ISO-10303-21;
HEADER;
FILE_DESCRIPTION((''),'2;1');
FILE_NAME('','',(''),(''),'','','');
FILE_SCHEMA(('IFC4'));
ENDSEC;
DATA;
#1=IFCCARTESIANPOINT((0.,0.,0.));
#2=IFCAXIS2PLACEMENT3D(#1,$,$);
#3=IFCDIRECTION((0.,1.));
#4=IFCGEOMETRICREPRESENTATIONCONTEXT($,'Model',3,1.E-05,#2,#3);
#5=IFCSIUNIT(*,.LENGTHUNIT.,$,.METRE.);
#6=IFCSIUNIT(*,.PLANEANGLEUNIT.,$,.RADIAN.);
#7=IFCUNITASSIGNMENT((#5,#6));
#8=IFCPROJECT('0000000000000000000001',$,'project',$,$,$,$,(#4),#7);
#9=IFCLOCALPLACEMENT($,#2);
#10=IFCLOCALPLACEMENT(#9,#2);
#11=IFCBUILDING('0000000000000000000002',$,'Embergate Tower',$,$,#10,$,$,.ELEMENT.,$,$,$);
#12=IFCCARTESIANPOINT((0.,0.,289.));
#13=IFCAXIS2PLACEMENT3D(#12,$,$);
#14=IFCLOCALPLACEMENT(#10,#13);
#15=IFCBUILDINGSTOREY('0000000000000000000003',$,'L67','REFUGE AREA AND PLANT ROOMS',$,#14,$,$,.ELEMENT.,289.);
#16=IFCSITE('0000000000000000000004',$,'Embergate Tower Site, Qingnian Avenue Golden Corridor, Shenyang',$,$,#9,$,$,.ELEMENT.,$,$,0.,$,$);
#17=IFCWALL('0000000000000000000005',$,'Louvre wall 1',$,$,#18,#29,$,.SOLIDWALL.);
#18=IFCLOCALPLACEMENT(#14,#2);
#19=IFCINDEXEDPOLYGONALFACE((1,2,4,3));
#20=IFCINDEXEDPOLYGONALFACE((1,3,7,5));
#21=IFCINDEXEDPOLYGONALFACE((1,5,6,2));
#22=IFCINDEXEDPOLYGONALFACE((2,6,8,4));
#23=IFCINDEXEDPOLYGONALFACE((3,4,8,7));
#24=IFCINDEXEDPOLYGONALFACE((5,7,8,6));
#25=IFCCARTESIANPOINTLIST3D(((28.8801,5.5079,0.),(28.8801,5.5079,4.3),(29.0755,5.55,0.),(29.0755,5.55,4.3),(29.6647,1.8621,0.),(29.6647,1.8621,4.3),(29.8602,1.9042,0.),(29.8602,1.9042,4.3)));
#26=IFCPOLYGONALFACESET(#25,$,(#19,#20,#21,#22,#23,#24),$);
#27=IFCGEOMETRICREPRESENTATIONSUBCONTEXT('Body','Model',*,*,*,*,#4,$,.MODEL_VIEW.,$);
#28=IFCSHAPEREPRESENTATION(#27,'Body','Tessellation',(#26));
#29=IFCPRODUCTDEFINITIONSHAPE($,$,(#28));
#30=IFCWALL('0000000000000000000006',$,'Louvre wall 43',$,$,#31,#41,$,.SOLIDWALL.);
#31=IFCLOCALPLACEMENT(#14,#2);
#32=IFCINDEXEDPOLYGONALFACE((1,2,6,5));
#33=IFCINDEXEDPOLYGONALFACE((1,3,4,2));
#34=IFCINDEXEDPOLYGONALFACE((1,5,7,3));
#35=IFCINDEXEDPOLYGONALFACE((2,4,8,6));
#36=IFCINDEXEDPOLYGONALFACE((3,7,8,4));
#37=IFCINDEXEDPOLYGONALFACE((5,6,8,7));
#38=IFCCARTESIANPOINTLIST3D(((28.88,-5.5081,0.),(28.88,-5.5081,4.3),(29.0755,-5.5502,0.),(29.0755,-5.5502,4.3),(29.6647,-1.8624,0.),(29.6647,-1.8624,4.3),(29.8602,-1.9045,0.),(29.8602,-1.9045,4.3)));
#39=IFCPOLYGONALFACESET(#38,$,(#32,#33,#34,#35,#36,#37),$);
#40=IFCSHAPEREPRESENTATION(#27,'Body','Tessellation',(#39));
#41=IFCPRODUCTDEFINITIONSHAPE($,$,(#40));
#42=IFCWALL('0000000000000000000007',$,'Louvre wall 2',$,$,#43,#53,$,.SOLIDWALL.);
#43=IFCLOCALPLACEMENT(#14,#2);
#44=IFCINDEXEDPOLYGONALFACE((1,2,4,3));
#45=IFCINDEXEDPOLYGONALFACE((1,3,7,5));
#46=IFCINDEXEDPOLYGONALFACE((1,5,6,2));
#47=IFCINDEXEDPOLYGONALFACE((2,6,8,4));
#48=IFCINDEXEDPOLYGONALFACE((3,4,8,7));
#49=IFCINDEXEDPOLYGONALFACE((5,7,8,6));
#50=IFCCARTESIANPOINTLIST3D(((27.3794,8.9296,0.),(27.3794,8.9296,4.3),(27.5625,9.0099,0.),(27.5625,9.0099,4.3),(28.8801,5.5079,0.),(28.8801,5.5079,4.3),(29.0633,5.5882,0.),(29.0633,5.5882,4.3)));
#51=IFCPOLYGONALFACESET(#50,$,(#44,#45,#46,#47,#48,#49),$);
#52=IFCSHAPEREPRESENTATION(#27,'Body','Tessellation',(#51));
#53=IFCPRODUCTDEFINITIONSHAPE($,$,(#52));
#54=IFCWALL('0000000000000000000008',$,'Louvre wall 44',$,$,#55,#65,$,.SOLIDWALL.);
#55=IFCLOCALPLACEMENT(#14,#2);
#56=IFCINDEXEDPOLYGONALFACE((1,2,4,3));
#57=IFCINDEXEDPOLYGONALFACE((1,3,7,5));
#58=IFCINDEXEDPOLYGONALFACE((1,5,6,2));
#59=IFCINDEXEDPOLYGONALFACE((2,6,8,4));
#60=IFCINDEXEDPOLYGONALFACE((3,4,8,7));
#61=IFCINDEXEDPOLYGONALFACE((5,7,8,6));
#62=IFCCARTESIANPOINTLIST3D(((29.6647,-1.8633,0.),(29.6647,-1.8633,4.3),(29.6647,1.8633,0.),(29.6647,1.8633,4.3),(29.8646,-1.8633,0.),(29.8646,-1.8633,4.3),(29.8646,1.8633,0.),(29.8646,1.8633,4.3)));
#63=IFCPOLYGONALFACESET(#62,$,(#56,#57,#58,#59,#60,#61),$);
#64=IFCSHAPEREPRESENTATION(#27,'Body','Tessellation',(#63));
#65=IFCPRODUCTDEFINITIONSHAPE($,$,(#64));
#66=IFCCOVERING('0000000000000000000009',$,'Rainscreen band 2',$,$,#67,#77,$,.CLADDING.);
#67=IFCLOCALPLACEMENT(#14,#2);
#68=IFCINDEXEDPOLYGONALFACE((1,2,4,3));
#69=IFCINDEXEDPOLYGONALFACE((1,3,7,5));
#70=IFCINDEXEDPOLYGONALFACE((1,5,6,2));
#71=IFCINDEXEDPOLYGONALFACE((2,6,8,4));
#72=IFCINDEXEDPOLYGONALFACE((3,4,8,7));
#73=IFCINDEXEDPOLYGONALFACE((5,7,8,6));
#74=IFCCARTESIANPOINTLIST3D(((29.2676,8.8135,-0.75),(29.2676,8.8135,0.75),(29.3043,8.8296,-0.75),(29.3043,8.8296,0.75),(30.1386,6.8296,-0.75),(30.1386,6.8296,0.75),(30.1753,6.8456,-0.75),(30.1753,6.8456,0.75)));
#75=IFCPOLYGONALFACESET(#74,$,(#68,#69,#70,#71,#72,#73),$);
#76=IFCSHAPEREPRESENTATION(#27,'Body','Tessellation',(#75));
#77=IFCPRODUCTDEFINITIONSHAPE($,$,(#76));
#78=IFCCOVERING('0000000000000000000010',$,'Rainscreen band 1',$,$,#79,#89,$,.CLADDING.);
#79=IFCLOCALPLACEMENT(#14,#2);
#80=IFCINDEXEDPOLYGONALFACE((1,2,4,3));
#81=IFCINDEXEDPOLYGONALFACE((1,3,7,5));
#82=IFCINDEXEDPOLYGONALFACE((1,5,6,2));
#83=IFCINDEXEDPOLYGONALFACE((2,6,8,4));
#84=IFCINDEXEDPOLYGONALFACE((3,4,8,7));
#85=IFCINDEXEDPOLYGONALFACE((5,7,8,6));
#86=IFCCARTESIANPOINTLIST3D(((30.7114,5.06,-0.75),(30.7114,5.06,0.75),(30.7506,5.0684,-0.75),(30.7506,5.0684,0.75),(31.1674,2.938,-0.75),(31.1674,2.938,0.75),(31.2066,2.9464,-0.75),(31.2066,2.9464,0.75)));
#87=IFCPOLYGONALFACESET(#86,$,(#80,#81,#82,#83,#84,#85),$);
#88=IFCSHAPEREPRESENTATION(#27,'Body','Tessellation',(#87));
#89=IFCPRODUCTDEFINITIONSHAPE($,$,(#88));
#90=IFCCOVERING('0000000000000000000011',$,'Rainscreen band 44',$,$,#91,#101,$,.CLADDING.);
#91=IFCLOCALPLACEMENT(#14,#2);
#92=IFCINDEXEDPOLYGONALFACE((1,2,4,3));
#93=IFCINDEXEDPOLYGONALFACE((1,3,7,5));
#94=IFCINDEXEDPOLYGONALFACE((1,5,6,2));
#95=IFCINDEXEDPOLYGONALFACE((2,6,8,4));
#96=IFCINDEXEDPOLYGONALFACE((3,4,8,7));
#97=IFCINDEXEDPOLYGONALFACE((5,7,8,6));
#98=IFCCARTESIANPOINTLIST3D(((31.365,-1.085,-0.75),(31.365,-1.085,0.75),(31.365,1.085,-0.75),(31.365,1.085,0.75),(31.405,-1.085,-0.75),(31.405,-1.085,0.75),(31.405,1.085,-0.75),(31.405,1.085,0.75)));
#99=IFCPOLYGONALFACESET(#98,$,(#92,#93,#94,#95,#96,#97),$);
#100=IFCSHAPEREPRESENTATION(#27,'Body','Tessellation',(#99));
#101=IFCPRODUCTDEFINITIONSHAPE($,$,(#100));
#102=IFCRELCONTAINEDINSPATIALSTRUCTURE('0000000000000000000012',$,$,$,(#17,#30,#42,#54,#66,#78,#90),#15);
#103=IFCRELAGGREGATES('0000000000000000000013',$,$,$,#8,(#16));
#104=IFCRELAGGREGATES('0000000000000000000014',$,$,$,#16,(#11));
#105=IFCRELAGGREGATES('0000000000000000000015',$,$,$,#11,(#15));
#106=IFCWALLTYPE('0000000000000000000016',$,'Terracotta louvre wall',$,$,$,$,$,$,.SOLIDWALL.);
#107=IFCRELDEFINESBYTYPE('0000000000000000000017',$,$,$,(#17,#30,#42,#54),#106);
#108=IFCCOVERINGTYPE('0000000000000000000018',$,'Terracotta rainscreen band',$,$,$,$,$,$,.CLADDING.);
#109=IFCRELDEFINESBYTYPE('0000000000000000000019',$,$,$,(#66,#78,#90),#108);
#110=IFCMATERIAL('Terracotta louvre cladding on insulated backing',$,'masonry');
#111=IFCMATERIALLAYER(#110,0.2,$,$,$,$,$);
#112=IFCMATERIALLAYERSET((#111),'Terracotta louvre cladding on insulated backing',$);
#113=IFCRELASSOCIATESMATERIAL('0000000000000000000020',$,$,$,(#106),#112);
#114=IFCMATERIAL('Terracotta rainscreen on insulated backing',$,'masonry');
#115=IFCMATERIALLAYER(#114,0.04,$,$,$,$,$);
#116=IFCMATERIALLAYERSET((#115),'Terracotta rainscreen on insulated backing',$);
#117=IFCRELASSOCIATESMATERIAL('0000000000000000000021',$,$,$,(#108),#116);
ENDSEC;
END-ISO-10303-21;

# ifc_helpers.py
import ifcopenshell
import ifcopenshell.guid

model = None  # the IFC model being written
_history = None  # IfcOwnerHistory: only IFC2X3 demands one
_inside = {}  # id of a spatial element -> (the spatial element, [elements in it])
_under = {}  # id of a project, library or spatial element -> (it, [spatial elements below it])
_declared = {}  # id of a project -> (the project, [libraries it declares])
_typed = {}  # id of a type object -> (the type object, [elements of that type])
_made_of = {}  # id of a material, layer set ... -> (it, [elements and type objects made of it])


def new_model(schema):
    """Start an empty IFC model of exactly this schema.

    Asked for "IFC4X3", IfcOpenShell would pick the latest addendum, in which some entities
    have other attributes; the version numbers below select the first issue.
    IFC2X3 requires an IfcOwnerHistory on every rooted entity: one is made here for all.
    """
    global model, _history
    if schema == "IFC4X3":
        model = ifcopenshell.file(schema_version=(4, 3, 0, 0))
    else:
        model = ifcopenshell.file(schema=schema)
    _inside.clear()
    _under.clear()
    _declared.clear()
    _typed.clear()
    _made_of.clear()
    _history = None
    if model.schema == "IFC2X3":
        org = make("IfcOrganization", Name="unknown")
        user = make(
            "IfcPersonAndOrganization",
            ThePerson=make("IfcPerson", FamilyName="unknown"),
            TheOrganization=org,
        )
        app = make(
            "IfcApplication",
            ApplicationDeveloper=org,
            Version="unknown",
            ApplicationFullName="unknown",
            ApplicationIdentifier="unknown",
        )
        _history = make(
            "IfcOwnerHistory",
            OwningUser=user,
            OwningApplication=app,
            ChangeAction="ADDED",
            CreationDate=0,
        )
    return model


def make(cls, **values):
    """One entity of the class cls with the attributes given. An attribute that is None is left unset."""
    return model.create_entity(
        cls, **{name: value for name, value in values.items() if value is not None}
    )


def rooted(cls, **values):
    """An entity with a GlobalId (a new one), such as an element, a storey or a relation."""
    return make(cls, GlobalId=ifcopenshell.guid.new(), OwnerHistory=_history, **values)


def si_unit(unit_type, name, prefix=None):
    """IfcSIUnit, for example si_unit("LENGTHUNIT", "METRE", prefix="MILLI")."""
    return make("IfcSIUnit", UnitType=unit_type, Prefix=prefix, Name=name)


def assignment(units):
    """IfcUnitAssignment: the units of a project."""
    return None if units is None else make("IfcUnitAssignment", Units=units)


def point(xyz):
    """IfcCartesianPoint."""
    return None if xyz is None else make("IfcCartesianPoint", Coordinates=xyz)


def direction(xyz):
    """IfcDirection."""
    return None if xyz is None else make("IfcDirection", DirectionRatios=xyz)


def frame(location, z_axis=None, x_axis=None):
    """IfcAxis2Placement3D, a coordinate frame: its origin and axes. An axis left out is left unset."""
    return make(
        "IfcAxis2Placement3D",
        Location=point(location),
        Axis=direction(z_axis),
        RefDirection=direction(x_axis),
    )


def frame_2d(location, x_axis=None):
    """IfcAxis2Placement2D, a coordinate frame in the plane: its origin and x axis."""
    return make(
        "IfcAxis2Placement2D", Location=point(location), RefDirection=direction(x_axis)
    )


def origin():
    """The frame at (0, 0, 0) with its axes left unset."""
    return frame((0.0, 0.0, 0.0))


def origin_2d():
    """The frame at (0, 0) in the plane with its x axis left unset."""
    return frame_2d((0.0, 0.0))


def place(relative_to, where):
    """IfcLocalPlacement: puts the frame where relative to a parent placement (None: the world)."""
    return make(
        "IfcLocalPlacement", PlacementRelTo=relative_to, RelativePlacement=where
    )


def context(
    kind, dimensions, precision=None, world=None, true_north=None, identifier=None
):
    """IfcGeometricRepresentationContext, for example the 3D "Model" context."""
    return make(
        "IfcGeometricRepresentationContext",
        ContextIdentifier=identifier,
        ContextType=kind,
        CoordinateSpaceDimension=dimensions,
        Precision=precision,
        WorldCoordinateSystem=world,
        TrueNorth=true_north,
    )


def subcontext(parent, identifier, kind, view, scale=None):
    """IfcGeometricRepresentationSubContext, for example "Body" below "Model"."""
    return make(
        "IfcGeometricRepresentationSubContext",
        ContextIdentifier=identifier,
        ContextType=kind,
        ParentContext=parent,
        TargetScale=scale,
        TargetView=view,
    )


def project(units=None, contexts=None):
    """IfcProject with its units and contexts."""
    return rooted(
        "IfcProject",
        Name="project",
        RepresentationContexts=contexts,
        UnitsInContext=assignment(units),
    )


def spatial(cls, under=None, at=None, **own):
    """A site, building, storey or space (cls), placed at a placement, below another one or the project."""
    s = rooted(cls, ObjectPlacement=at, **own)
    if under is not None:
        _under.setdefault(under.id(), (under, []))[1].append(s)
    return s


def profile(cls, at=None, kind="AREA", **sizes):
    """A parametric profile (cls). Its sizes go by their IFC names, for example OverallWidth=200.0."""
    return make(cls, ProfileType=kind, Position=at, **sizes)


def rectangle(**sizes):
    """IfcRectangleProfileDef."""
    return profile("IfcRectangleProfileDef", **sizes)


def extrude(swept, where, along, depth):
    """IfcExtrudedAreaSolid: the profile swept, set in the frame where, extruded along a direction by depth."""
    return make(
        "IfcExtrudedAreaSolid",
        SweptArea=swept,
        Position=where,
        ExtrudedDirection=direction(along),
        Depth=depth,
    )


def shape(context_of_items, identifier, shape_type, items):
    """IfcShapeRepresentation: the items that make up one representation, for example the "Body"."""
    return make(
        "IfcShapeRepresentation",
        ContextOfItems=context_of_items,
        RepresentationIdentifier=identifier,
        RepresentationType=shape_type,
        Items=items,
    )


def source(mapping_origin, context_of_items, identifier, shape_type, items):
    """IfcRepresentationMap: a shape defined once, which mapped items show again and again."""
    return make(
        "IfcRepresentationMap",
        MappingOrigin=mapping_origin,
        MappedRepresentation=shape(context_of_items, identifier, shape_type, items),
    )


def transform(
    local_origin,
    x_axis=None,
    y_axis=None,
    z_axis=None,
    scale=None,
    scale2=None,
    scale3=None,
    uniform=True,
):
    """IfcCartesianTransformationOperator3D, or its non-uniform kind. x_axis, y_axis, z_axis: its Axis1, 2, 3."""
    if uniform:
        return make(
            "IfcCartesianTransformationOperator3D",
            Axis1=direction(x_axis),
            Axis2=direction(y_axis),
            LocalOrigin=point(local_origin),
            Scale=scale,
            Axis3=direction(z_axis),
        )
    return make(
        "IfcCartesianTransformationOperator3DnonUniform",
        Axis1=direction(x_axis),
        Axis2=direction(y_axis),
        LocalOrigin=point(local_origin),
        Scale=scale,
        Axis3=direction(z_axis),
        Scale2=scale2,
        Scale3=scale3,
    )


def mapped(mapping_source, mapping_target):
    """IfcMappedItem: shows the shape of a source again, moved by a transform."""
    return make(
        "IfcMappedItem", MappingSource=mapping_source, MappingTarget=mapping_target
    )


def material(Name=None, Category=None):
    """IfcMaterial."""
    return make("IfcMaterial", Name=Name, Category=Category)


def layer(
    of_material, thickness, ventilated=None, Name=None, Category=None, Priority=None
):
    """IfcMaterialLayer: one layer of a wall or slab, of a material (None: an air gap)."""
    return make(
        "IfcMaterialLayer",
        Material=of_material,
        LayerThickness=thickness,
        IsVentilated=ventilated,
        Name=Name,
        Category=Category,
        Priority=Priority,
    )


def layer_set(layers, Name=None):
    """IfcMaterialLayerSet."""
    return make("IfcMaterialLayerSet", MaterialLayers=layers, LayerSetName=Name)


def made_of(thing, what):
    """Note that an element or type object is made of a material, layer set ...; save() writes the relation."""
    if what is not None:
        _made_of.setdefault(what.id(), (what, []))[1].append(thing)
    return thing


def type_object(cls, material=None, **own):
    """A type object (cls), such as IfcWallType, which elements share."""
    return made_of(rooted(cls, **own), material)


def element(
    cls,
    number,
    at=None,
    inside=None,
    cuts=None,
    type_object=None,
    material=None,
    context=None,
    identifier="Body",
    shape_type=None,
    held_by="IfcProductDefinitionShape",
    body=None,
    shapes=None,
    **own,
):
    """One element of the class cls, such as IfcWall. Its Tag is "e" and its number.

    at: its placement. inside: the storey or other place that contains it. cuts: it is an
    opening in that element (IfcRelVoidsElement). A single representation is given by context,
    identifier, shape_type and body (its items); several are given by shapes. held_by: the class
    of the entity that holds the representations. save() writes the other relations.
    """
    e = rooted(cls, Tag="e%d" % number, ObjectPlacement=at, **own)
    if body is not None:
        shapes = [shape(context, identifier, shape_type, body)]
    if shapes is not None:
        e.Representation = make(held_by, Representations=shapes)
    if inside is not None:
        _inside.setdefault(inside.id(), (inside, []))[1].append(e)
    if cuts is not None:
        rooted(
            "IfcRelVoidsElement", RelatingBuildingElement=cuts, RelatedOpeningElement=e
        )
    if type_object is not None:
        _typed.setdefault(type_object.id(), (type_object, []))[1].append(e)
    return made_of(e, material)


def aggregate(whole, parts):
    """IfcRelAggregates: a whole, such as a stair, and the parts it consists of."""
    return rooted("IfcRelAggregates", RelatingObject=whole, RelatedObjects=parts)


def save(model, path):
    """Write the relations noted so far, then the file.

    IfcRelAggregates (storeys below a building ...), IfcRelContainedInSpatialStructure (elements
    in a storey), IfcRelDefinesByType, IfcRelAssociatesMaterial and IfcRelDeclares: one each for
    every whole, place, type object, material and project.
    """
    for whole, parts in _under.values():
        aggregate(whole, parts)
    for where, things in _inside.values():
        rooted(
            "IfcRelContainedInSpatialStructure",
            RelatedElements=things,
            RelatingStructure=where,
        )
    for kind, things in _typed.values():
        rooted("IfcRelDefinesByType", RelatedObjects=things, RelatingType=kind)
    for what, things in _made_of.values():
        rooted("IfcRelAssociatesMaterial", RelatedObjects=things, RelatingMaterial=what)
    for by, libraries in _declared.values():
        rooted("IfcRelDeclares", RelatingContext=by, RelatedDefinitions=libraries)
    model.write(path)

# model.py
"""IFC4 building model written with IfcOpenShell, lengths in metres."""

from ifc_helpers import new_model, si_unit, direction, frame, frame_2d, origin, origin_2d, place, context, subcontext, project, spatial, rectangle, extrude, source, transform, mapped, material, layer, layer_set, type_object, element, save


model = new_model("IFC4")

# Units and contexts
model_context = context("Model", 3, precision=1e-05, world=origin(), true_north=direction((0.0, 1.0)))
body_context = subcontext(model_context, "Body", "Model", "MODEL_VIEW")
ifc_project = project(units=[si_unit("LENGTHUNIT", "METRE"), si_unit("PLANEANGLEUNIT", "RADIAN")], contexts=[model_context])

# Site, building, storey
site_placement = place(None, origin())
site = spatial("IfcSite", under=ifc_project, at=site_placement, Name="Embergate Tower Site, Qingnian Avenue Golden Corridor, Shenyang", CompositionType="ELEMENT", RefElevation=0.0)
building_placement = place(site_placement, origin())
building = spatial("IfcBuilding", under=site, at=building_placement, Name="Embergate Tower", CompositionType="ELEMENT")
storey_placement = place(building_placement, frame((0.0, 0.0, 289.0)))
storey = spatial("IfcBuildingStorey", under=building, at=storey_placement, Name="L67", Description="REFUGE AREA AND PLANT ROOMS", CompositionType="ELEMENT", Elevation=289.0)

# Walls
ifc_material_1 = material(Name="Terracotta louvre cladding on insulated backing", Category="masonry")
ifc_layer_1 = layer(ifc_material_1, 0.2)
ifc_layer_set_1 = layer_set([ifc_layer_1], Name="Terracotta louvre cladding on insulated backing")
wall_type = type_object("IfcWallType", Name="Terracotta louvre wall", PredefinedType="SOLIDWALL", material=ifc_layer_set_1)
shared_shape_1 = source(origin(), body_context, "Body", "SweptSolid", [
    extrude(rectangle(XDim=3.7292, YDim=0.2, at=frame_2d((1.8647, 0.0))), origin(), (0.0, 0.0, 1.0), 4.3),
])
for number, where, z_axis, x_axis, name in (
    (1, (28.9778, 5.5291, 0.0), (0.0, 0.0, 1.0), (0.21041, -0.977613, 0.0), "Louvre wall 1"),
    (2, (29.7625, -1.8833, 0.0), (0.0, 0.0, 1.0), (-0.21041, -0.977613, 0.0), "Louvre wall 43"),
):
    element("IfcWall", number, at=place(storey_placement, frame(where, z_axis=z_axis, x_axis=x_axis)), inside=storey, type_object=wall_type, Name=name, PredefinedType="SOLIDWALL", context=body_context, shape_type="MappedRepresentation", body=[
        mapped(shared_shape_1, transform((0.0, 0.0, 0.0))),
    ])
shared_shape_2 = source(origin(), body_context, "Body", "SweptSolid", [
    extrude(rectangle(XDim=3.7363, YDim=0.2, at=frame_2d((1.8682, 0.0))), origin(), (0.0, 0.0, 1.0), 4.3),
])
wall_1_placement = place(storey_placement, frame((27.4709, 8.9697, 0.0), z_axis=(0.0, 0.0, 1.0), x_axis=(0.401665, -0.915787, 0.0)))
element("IfcWall", 3, at=wall_1_placement, inside=storey, type_object=wall_type, Name="Louvre wall 2", PredefinedType="SOLIDWALL", context=body_context, shape_type="MappedRepresentation", body=[
    mapped(shared_shape_2, transform((0.0, 0.0, 0.0))),
])
shared_shape_3 = source(origin(), body_context, "Body", "SweptSolid", [
    extrude(rectangle(XDim=3.7266, YDim=0.2, at=frame_2d((1.8633, 0.0))), origin(), (0.0, 0.0, 1.0), 4.3),
])
wall_2_placement = place(storey_placement, frame((29.7646, 1.8633, 0.0), z_axis=(0.0, 0.0, 1.0), x_axis=(0.0, -1.0, 0.0)))
element("IfcWall", 4, at=wall_2_placement, inside=storey, type_object=wall_type, Name="Louvre wall 44", PredefinedType="SOLIDWALL", context=body_context, shape_type="MappedRepresentation", body=[
    mapped(shared_shape_3, transform((0.0, 0.0, 0.0))),
])

# Coverings
ifc_material_2 = material(Name="Terracotta rainscreen on insulated backing", Category="masonry")
ifc_layer_2 = layer(ifc_material_2, 0.04)
ifc_layer_set_2 = layer_set([ifc_layer_2], Name="Terracotta rainscreen on insulated backing")
covering_type = type_object("IfcCoveringType", Name="Terracotta rainscreen band", PredefinedType="CLADDING", material=ifc_layer_set_2)
shared_shape_4 = source(origin(), body_context, "Body", "SweptSolid", [
    extrude(rectangle(XDim=2.1667, YDim=0.04, at=origin_2d()), origin(), (0.0, 0.0, 1.0), 1.5),
])
covering_1_placement = place(storey_placement, frame((29.7214, 7.8296, -0.75), z_axis=(0.0, 0.0, 1.0), x_axis=(-0.401981, 0.915648, 0.0)))
element("IfcCovering", 5, at=covering_1_placement, inside=storey, type_object=covering_type, Name="Rainscreen band 2", PredefinedType="CLADDING", context=body_context, shape_type="MappedRepresentation", body=[
    mapped(shared_shape_4, transform((0.0, 0.0, 0.0))),
])
shared_shape_5 = source(origin(), body_context, "Body", "SweptSolid", [
    extrude(rectangle(XDim=2.1704, YDim=0.04, at=origin_2d()), origin(), (0.0, 0.0, 1.0), 1.5),
])
covering_2_placement = place(storey_placement, frame((30.959, 4.0032, -0.75), z_axis=(0.0, 0.0, 1.0), x_axis=(-0.210095, 0.977681, 0.0)))
element("IfcCovering", 6, at=covering_2_placement, inside=storey, type_object=covering_type, Name="Rainscreen band 1", PredefinedType="CLADDING", context=body_context, shape_type="MappedRepresentation", body=[
    mapped(shared_shape_5, transform((0.0, 0.0, 0.0))),
])
shared_shape_6 = source(origin(), body_context, "Body", "SweptSolid", [
    extrude(rectangle(XDim=2.1699, YDim=0.04, at=origin_2d()), origin(), (0.0, 0.0, 1.0), 1.5),
])
covering_3_placement = place(storey_placement, frame((31.385, 0.0, -0.75), z_axis=(0.0, 0.0, 1.0), x_axis=(0.0, 1.0, 0.0)))
element("IfcCovering", 7, at=covering_3_placement, inside=storey, type_object=covering_type, Name="Rainscreen band 44", PredefinedType="CLADDING", context=body_context, shape_type="MappedRepresentation", body=[
    mapped(shared_shape_6, transform((0.0, 0.0, 0.0))),
])

save(model, "model.ifc")
